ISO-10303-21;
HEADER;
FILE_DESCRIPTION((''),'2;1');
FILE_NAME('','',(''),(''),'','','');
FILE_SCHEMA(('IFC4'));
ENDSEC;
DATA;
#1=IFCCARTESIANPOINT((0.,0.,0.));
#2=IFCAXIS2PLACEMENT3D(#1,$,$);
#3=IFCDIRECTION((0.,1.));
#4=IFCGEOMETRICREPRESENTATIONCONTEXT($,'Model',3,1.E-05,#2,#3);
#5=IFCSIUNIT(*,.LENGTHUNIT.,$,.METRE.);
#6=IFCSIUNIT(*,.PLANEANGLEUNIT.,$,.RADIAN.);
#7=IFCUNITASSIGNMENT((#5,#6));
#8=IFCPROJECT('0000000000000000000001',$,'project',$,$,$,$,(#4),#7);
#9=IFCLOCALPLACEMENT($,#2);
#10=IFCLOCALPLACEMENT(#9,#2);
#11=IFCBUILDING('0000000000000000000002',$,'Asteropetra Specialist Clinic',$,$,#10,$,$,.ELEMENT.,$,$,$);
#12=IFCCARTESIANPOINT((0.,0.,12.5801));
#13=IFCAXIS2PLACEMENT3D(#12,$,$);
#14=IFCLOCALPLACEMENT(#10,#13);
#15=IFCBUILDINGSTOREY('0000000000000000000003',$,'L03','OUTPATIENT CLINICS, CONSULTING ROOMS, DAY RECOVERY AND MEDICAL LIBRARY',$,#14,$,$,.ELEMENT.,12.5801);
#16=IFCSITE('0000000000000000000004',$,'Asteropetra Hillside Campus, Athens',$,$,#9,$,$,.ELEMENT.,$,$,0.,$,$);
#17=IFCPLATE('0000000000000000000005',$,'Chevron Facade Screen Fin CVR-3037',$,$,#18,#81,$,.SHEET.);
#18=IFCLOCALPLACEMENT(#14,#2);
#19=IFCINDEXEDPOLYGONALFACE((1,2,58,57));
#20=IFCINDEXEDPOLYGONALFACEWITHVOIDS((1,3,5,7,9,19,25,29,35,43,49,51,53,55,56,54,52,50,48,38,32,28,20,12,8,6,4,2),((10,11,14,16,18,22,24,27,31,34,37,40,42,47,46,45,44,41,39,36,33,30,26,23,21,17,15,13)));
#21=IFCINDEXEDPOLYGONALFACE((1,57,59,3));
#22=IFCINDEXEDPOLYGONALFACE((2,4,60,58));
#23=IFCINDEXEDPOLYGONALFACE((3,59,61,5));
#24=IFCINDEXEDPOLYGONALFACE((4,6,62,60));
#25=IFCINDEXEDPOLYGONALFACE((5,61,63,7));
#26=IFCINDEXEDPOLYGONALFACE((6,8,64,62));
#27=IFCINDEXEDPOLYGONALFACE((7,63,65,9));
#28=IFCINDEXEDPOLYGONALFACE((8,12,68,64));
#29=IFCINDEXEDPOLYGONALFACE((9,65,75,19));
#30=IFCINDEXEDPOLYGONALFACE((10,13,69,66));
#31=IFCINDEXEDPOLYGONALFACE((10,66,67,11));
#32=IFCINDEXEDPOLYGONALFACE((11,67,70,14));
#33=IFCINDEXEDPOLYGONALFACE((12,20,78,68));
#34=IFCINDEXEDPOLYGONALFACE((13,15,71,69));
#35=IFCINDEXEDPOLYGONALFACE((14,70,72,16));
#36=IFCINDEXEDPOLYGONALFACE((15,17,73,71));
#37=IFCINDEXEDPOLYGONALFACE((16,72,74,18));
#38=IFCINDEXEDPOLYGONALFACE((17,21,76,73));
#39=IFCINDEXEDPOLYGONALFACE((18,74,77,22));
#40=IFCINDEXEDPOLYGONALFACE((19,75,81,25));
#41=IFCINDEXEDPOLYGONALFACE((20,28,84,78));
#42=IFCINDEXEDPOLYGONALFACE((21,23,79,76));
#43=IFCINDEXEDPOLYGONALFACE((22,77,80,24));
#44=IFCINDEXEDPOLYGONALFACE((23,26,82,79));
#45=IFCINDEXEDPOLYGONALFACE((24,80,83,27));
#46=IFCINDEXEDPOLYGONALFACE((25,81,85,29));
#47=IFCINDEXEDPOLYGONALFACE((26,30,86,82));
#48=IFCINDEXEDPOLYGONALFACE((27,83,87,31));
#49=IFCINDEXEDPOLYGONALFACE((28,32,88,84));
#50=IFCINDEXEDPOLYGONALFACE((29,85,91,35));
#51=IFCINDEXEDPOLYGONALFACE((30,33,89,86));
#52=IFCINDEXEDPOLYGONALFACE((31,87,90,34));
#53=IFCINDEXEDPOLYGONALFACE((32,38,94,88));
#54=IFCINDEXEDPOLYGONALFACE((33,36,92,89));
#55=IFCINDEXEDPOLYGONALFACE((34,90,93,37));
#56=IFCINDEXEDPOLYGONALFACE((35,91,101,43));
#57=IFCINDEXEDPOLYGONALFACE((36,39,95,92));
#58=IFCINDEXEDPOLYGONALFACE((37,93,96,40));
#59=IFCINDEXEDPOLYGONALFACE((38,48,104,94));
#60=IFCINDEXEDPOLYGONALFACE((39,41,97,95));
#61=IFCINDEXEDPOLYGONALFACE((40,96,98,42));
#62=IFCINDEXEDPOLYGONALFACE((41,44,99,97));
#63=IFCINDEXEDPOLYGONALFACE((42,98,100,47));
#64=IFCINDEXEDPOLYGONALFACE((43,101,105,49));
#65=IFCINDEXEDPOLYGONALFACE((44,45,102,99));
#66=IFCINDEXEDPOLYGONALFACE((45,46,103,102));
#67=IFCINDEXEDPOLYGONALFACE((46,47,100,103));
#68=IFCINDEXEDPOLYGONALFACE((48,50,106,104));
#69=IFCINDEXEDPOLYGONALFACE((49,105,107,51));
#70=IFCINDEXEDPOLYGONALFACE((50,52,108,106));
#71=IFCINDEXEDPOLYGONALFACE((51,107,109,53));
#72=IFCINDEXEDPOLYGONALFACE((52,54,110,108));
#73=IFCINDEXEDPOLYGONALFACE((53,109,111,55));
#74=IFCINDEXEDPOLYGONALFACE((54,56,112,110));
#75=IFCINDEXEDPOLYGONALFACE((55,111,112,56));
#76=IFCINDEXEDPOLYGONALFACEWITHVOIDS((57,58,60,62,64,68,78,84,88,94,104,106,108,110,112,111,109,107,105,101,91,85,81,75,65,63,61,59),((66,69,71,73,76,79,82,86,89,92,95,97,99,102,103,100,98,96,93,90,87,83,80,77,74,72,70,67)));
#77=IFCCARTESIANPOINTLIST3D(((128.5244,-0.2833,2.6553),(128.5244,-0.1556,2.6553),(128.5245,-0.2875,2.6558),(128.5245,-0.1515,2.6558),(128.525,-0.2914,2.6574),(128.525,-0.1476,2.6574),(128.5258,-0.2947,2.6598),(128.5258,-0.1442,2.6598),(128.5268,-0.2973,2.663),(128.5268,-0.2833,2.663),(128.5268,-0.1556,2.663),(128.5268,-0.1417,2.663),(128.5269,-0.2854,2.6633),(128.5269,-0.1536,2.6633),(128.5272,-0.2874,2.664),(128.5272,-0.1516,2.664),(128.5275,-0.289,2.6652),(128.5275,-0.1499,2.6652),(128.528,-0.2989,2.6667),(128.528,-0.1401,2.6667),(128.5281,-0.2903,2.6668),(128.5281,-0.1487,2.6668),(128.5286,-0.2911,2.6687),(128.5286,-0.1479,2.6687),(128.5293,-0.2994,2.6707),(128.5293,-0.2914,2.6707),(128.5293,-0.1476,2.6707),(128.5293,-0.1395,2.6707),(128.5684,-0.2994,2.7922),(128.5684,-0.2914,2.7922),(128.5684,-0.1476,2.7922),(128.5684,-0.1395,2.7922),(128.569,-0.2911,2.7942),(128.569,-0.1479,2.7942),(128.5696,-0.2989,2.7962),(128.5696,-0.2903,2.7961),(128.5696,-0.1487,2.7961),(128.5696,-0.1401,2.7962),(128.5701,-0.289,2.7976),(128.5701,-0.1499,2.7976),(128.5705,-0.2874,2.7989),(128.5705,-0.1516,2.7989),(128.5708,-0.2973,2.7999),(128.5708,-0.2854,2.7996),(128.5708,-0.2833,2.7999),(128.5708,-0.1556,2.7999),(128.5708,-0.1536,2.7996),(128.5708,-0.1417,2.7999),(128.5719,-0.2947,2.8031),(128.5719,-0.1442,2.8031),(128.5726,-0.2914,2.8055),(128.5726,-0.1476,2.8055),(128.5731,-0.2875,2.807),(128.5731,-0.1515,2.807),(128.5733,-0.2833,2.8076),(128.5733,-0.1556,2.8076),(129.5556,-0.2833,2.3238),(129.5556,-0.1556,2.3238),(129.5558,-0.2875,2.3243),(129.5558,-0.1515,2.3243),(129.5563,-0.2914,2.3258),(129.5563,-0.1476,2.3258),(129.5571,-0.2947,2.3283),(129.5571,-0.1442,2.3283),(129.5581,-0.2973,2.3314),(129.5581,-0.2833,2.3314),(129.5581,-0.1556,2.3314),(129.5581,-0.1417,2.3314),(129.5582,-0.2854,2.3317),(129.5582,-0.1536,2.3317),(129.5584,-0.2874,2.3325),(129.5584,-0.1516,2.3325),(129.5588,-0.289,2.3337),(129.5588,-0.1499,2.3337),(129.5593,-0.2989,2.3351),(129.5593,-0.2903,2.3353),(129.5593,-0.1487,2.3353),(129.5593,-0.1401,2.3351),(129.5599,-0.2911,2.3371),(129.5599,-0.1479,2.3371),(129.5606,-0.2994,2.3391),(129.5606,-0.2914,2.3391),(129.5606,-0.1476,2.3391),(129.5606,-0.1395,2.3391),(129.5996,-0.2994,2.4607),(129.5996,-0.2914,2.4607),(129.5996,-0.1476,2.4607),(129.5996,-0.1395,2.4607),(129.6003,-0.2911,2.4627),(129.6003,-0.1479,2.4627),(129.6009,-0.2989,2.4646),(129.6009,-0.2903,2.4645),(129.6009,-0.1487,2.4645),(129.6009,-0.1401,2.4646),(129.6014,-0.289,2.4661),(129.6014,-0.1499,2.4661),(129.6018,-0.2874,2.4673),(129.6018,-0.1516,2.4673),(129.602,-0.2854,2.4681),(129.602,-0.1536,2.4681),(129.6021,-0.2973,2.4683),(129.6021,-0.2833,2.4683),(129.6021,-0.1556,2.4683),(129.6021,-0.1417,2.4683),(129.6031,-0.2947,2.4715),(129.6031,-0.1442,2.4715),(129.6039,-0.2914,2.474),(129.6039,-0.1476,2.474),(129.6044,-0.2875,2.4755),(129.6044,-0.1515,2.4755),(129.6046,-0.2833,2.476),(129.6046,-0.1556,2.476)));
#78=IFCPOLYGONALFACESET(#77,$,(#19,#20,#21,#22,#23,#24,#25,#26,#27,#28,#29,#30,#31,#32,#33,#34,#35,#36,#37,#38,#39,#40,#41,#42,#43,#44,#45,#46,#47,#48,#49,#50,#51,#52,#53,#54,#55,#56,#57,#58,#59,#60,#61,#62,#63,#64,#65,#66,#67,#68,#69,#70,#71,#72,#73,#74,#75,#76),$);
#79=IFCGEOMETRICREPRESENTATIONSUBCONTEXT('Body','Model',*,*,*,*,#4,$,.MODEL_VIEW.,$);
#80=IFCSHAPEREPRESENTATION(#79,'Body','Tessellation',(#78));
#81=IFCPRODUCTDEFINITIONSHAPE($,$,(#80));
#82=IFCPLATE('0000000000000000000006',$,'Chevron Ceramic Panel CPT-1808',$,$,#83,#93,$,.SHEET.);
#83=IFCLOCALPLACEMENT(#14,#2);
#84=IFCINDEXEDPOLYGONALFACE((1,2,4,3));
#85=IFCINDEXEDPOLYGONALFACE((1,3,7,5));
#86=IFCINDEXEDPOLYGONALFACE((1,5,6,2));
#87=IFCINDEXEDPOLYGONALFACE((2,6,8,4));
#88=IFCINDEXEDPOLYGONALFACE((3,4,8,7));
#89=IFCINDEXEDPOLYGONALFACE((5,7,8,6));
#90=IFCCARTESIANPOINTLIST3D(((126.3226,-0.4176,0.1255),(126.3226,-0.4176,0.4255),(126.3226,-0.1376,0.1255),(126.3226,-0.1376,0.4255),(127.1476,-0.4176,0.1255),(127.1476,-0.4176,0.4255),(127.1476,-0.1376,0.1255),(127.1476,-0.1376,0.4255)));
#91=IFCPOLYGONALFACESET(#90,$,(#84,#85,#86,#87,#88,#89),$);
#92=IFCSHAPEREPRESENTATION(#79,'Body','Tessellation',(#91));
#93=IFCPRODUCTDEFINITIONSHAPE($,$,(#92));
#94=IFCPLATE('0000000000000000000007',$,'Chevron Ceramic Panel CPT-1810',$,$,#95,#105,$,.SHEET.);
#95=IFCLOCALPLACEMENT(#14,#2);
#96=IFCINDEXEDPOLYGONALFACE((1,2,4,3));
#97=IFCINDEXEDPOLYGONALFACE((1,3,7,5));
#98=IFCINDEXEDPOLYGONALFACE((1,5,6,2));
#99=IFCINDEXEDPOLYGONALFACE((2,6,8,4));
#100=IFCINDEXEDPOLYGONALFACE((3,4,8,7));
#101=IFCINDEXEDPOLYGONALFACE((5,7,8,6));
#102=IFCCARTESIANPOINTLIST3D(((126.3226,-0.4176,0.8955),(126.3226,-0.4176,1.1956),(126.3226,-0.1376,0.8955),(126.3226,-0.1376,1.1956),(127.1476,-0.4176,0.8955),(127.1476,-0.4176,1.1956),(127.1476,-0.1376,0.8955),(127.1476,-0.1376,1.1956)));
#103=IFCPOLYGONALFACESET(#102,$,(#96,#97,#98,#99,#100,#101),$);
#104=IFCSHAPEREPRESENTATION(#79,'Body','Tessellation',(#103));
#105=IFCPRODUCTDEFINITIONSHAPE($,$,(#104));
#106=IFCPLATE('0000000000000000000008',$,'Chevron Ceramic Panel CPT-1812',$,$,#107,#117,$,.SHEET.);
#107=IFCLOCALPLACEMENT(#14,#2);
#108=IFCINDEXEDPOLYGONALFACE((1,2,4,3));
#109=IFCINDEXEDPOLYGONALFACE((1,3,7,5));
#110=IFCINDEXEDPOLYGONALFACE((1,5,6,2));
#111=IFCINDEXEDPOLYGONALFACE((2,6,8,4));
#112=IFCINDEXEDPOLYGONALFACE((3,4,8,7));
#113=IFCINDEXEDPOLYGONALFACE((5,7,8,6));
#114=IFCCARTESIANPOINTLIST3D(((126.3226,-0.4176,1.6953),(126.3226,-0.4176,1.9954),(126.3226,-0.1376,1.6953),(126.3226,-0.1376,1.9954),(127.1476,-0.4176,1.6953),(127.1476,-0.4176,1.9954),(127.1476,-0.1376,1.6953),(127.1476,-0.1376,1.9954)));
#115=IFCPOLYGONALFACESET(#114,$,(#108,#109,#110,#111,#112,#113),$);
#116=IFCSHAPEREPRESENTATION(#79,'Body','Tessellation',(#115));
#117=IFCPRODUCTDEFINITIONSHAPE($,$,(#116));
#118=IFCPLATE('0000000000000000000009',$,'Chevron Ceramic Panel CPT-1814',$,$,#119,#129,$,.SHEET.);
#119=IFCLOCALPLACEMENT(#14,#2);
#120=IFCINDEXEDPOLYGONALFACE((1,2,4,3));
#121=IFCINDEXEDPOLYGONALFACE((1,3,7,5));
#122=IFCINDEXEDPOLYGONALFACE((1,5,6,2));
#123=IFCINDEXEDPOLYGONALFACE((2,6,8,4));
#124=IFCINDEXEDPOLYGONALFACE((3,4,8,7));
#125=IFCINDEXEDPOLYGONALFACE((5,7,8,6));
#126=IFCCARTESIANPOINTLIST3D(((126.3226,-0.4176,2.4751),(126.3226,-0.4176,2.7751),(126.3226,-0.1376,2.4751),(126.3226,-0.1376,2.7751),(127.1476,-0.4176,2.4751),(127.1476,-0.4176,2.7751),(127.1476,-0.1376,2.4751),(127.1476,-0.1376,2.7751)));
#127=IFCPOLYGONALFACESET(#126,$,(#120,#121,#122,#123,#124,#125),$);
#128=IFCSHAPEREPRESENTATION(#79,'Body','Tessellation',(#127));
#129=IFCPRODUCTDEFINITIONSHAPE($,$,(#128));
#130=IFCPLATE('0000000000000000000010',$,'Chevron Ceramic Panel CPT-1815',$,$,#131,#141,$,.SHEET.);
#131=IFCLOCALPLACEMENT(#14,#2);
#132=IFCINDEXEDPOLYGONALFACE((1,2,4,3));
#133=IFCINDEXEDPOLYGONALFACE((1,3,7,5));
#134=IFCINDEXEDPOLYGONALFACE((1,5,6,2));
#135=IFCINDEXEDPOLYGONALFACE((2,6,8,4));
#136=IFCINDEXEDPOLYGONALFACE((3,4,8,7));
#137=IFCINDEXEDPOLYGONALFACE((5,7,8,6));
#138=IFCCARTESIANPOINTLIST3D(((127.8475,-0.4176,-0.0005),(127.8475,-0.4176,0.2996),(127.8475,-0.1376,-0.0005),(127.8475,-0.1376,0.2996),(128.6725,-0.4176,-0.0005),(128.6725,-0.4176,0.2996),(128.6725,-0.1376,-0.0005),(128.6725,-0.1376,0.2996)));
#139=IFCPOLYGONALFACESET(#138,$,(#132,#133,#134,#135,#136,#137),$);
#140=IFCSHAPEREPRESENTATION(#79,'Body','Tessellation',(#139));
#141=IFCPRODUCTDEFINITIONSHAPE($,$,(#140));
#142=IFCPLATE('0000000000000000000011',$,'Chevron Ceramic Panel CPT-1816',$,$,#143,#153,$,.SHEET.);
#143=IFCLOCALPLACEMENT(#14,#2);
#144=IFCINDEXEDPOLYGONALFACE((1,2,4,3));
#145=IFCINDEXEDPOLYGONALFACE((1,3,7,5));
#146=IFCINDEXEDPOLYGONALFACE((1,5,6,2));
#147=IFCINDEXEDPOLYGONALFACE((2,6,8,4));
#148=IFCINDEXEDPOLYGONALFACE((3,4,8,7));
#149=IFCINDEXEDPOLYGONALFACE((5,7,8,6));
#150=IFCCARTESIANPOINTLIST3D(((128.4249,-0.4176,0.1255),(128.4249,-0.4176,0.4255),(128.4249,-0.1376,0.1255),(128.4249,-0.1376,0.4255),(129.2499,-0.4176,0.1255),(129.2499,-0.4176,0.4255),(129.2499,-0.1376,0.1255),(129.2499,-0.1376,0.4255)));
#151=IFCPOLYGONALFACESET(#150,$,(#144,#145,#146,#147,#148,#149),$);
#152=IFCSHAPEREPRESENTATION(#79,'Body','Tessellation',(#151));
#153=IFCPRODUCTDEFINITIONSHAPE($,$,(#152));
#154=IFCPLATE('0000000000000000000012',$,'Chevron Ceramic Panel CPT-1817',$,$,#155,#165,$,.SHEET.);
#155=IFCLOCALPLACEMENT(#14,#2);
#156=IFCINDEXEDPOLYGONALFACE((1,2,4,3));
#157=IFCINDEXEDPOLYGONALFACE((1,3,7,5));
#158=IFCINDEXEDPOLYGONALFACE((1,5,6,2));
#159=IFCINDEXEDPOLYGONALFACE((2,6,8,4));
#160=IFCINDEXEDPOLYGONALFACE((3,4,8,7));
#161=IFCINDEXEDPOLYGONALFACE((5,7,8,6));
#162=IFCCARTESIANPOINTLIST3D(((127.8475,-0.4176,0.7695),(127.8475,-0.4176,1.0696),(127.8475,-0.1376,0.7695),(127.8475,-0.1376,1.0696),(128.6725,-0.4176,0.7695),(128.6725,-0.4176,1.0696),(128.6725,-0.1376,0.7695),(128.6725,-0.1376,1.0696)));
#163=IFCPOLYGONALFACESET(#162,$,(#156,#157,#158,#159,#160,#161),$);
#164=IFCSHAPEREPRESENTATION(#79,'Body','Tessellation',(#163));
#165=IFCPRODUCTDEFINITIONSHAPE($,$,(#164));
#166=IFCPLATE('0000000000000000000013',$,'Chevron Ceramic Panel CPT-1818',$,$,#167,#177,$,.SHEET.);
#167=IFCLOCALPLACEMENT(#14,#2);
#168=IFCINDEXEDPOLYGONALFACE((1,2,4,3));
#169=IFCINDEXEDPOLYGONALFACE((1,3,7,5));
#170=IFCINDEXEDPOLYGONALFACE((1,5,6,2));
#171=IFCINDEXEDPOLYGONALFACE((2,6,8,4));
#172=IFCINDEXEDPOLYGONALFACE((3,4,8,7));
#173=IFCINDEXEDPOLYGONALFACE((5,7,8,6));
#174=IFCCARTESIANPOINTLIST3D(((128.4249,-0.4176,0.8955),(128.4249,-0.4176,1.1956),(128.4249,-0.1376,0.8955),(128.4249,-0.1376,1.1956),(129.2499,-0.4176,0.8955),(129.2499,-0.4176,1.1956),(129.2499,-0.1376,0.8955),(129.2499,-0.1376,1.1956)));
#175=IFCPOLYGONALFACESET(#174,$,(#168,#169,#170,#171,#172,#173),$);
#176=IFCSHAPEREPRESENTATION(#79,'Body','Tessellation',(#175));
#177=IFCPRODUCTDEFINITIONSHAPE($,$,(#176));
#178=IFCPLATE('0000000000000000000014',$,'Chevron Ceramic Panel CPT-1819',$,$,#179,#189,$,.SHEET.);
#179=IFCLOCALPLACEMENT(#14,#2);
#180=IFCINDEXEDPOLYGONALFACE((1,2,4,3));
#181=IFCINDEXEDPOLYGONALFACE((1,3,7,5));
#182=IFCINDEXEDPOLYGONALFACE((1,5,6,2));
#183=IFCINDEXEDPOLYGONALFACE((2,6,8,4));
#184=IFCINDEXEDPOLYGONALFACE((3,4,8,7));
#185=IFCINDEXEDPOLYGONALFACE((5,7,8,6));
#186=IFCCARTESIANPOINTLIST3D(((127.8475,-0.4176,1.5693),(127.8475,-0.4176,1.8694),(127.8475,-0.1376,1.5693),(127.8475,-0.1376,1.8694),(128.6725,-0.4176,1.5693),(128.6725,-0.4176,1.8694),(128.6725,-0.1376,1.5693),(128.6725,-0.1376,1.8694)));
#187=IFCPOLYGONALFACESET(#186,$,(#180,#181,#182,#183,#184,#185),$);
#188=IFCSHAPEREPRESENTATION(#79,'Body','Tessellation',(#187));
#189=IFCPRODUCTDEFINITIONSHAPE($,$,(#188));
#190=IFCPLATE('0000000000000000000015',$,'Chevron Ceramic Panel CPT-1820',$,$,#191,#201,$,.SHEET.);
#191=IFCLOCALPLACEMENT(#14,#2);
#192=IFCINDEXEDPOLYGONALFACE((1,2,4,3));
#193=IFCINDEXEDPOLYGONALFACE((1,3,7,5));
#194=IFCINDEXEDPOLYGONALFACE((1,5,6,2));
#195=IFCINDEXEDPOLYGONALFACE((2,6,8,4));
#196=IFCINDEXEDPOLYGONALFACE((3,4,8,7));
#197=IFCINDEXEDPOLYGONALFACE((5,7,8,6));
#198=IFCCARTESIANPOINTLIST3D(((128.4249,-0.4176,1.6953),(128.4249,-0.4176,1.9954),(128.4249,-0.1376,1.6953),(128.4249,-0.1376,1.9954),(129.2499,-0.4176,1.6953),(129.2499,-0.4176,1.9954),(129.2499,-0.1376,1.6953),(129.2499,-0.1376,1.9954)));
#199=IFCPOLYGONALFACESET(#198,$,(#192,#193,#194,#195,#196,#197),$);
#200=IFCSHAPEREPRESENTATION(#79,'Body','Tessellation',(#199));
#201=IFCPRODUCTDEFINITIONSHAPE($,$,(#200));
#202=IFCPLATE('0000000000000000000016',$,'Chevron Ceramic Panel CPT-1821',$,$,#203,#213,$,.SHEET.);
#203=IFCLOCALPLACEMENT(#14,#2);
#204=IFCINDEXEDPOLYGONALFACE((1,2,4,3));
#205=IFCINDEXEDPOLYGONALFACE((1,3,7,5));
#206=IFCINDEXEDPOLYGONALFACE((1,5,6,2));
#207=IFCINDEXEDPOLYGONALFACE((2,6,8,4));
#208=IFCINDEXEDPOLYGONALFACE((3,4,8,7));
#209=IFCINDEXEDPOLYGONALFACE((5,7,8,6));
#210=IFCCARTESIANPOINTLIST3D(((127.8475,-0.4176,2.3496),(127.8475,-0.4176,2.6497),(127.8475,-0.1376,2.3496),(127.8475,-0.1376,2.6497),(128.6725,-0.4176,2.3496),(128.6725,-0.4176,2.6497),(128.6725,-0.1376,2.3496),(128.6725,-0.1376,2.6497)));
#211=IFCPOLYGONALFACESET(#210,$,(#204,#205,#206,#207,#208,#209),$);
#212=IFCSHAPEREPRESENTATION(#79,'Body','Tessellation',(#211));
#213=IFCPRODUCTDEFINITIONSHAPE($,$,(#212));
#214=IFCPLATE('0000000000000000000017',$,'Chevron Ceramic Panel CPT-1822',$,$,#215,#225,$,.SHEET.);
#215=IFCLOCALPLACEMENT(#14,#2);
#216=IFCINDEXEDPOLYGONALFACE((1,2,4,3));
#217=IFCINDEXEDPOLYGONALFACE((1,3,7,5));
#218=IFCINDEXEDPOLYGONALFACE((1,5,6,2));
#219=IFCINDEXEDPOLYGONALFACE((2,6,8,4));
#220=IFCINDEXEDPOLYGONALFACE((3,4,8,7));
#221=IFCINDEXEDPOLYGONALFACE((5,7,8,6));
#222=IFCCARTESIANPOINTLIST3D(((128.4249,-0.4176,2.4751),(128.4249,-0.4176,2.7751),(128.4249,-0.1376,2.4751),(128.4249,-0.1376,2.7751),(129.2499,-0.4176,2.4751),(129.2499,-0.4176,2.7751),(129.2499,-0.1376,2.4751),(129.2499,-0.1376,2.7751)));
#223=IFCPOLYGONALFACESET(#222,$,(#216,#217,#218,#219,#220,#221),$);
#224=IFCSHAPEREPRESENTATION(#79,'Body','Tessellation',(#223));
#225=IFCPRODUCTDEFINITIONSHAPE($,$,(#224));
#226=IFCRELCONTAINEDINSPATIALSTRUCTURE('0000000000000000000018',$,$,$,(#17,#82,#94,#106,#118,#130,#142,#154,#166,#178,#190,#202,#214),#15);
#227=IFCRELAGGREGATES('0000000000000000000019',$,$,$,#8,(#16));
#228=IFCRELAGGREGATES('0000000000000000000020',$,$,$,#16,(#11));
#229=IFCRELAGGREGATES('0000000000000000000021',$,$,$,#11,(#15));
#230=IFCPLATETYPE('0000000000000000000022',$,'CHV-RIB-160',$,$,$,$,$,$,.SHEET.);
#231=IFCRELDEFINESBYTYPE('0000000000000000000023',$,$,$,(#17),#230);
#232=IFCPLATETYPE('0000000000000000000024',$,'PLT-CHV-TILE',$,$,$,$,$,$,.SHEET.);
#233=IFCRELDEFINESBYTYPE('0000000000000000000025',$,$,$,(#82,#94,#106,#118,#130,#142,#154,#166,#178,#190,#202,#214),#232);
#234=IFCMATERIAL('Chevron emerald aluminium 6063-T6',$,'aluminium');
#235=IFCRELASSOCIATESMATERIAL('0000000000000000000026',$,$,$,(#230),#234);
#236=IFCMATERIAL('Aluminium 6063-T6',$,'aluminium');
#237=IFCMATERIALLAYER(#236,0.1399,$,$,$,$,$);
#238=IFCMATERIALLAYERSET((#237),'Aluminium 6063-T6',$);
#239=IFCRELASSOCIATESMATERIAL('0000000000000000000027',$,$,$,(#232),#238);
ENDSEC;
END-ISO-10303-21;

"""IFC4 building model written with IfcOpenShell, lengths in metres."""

from ifc_helpers import new_model, si_unit, direction, frame, origin, origin_2d, place, context, subcontext, project, spatial, rectangle, hollow_rectangle, extrude, material, layer, layer_set, material_profile, profile_set, type_object, element, save


model = new_model("IFC4")

# Units and contexts
model_context = context("Model", 3, precision=1e-05, world=origin(), true_north=direction((0.0, 1.0)))
body_context = subcontext(model_context, "Body", "Model", "MODEL_VIEW")
ifc_project = project(units=[si_unit("LENGTHUNIT", "METRE"), si_unit("PLANEANGLEUNIT", "RADIAN")], contexts=[model_context])

# Site, building, storey
site_placement = place(None, origin())
site = spatial("IfcSite", under=ifc_project, at=site_placement, Name="Asteropetra Hillside Campus, Athens", CompositionType="ELEMENT", RefElevation=0.0)
building_placement = place(site_placement, origin())
building = spatial("IfcBuilding", under=site, at=building_placement, Name="Asteropetra Specialist Clinic", CompositionType="ELEMENT")
storey_placement = place(building_placement, frame((0.0, 0.0, 12.5801)))
storey = spatial("IfcBuildingStorey", under=building, at=storey_placement, Name="L03", Description="OUTPATIENT CLINICS, CONSULTING ROOMS, DAY RECOVERY AND MEDICAL LIBRARY", CompositionType="ELEMENT", Elevation=12.5801)

# Plates
ifc_material_1 = material(Name="Chevron emerald aluminium 6063-T6", Category="aluminium")
ifc_material_profile_1 = material_profile(ifc_material_1, hollow_rectangle(XDim=0.1599, YDim=0.1599, WallThickness=0.0081, InnerFilletRadius=0.0081, OuterFilletRadius=0.0161, at=origin_2d()), Name="SHS 160x160x8.0")
ifc_profile_set_1 = profile_set([ifc_material_profile_1], Name="Chevron emerald aluminium 6063-T6")
plate_type_1 = type_object("IfcPlateType", Name="CHV-RIB-160", PredefinedType="SHEET", material=ifc_profile_set_1)
for number, where, z_axis, x_axis, name in (
    (1, (128.5488, -0.2195, 2.7314), (0.95201, 0.0, -0.306068), (0.0, 1.0, 0.0), "Chevron Facade Screen Fin CVR-3037"),
):
    element("IfcPlate", number, at=place(storey_placement, frame(where, z_axis=z_axis, x_axis=x_axis)), inside=storey, type_object=plate_type_1, Name=name, PredefinedType="SHEET", context=body_context, shape_type="SweptSolid", body=[
        extrude(hollow_rectangle(XDim=0.1599, YDim=0.1599, WallThickness=0.0081, InnerFilletRadius=0.0081, OuterFilletRadius=0.0161, at=origin_2d()), origin(), (0.0, 0.0, 1.0), 1.0833),
    ])
ifc_material_2 = material(Name="Aluminium 6063-T6", Category="aluminium")
ifc_layer_1 = layer(ifc_material_2, 0.1399)
ifc_layer_set_1 = layer_set([ifc_layer_1], Name="Aluminium 6063-T6")
plate_type_2 = type_object("IfcPlateType", Name="PLT-CHV-TILE", PredefinedType="SHEET", material=ifc_layer_set_1)
for number, where, z_axis, x_axis, name in (
    (2, (126.7351, -0.2776, 0.1255), (0.0, 0.0, 1.0), (1.0, 0.0, 0.0), "Chevron Ceramic Panel CPT-1808"),
    (3, (126.7351, -0.2776, 0.8955), (0.0, 0.0, 1.0), (1.0, 0.0, 0.0), "Chevron Ceramic Panel CPT-1810"),
    (4, (126.7351, -0.2776, 1.6953), (0.0, 0.0, 1.0), (1.0, 0.0, 0.0), "Chevron Ceramic Panel CPT-1812"),
    (5, (126.7351, -0.2776, 2.4751), (0.0, 0.0, 1.0), (1.0, 0.0, 0.0), "Chevron Ceramic Panel CPT-1814"),
    (6, (128.26, -0.2776, -0.0005), (0.0, 0.0, 1.0), (1.0, 0.0, 0.0), "Chevron Ceramic Panel CPT-1815"),
    (7, (128.8374, -0.2776, 0.1255), (0.0, 0.0, 1.0), (1.0, 0.0, 0.0), "Chevron Ceramic Panel CPT-1816"),
    (8, (128.26, -0.2776, 0.7695), (0.0, 0.0, 1.0), (1.0, 0.0, 0.0), "Chevron Ceramic Panel CPT-1817"),
    (9, (128.8374, -0.2776, 0.8955), (0.0, 0.0, 1.0), (1.0, 0.0, 0.0), "Chevron Ceramic Panel CPT-1818"),
    (10, (128.26, -0.2776, 1.5693), (0.0, 0.0, 1.0), (1.0, 0.0, 0.0), "Chevron Ceramic Panel CPT-1819"),
    (11, (128.8374, -0.2776, 1.6953), (0.0, 0.0, 1.0), (1.0, 0.0, 0.0), "Chevron Ceramic Panel CPT-1820"),
    (12, (128.26, -0.2776, 2.3496), (0.0, 0.0, 1.0), (1.0, 0.0, 0.0), "Chevron Ceramic Panel CPT-1821"),
    (13, (128.8374, -0.2776, 2.4751), (0.0, 0.0, 1.0), (1.0, 0.0, 0.0), "Chevron Ceramic Panel CPT-1822"),
):
    element("IfcPlate", number, at=place(storey_placement, frame(where, z_axis=z_axis, x_axis=x_axis)), inside=storey, type_object=plate_type_2, Name=name, PredefinedType="SHEET", context=body_context, shape_type="SweptSolid", body=[
        extrude(rectangle(XDim=0.825, YDim=0.28, at=origin_2d()), origin(), (0.0, 0.0, 1.0), 0.3),
    ])

save(model, "model.ifc")
